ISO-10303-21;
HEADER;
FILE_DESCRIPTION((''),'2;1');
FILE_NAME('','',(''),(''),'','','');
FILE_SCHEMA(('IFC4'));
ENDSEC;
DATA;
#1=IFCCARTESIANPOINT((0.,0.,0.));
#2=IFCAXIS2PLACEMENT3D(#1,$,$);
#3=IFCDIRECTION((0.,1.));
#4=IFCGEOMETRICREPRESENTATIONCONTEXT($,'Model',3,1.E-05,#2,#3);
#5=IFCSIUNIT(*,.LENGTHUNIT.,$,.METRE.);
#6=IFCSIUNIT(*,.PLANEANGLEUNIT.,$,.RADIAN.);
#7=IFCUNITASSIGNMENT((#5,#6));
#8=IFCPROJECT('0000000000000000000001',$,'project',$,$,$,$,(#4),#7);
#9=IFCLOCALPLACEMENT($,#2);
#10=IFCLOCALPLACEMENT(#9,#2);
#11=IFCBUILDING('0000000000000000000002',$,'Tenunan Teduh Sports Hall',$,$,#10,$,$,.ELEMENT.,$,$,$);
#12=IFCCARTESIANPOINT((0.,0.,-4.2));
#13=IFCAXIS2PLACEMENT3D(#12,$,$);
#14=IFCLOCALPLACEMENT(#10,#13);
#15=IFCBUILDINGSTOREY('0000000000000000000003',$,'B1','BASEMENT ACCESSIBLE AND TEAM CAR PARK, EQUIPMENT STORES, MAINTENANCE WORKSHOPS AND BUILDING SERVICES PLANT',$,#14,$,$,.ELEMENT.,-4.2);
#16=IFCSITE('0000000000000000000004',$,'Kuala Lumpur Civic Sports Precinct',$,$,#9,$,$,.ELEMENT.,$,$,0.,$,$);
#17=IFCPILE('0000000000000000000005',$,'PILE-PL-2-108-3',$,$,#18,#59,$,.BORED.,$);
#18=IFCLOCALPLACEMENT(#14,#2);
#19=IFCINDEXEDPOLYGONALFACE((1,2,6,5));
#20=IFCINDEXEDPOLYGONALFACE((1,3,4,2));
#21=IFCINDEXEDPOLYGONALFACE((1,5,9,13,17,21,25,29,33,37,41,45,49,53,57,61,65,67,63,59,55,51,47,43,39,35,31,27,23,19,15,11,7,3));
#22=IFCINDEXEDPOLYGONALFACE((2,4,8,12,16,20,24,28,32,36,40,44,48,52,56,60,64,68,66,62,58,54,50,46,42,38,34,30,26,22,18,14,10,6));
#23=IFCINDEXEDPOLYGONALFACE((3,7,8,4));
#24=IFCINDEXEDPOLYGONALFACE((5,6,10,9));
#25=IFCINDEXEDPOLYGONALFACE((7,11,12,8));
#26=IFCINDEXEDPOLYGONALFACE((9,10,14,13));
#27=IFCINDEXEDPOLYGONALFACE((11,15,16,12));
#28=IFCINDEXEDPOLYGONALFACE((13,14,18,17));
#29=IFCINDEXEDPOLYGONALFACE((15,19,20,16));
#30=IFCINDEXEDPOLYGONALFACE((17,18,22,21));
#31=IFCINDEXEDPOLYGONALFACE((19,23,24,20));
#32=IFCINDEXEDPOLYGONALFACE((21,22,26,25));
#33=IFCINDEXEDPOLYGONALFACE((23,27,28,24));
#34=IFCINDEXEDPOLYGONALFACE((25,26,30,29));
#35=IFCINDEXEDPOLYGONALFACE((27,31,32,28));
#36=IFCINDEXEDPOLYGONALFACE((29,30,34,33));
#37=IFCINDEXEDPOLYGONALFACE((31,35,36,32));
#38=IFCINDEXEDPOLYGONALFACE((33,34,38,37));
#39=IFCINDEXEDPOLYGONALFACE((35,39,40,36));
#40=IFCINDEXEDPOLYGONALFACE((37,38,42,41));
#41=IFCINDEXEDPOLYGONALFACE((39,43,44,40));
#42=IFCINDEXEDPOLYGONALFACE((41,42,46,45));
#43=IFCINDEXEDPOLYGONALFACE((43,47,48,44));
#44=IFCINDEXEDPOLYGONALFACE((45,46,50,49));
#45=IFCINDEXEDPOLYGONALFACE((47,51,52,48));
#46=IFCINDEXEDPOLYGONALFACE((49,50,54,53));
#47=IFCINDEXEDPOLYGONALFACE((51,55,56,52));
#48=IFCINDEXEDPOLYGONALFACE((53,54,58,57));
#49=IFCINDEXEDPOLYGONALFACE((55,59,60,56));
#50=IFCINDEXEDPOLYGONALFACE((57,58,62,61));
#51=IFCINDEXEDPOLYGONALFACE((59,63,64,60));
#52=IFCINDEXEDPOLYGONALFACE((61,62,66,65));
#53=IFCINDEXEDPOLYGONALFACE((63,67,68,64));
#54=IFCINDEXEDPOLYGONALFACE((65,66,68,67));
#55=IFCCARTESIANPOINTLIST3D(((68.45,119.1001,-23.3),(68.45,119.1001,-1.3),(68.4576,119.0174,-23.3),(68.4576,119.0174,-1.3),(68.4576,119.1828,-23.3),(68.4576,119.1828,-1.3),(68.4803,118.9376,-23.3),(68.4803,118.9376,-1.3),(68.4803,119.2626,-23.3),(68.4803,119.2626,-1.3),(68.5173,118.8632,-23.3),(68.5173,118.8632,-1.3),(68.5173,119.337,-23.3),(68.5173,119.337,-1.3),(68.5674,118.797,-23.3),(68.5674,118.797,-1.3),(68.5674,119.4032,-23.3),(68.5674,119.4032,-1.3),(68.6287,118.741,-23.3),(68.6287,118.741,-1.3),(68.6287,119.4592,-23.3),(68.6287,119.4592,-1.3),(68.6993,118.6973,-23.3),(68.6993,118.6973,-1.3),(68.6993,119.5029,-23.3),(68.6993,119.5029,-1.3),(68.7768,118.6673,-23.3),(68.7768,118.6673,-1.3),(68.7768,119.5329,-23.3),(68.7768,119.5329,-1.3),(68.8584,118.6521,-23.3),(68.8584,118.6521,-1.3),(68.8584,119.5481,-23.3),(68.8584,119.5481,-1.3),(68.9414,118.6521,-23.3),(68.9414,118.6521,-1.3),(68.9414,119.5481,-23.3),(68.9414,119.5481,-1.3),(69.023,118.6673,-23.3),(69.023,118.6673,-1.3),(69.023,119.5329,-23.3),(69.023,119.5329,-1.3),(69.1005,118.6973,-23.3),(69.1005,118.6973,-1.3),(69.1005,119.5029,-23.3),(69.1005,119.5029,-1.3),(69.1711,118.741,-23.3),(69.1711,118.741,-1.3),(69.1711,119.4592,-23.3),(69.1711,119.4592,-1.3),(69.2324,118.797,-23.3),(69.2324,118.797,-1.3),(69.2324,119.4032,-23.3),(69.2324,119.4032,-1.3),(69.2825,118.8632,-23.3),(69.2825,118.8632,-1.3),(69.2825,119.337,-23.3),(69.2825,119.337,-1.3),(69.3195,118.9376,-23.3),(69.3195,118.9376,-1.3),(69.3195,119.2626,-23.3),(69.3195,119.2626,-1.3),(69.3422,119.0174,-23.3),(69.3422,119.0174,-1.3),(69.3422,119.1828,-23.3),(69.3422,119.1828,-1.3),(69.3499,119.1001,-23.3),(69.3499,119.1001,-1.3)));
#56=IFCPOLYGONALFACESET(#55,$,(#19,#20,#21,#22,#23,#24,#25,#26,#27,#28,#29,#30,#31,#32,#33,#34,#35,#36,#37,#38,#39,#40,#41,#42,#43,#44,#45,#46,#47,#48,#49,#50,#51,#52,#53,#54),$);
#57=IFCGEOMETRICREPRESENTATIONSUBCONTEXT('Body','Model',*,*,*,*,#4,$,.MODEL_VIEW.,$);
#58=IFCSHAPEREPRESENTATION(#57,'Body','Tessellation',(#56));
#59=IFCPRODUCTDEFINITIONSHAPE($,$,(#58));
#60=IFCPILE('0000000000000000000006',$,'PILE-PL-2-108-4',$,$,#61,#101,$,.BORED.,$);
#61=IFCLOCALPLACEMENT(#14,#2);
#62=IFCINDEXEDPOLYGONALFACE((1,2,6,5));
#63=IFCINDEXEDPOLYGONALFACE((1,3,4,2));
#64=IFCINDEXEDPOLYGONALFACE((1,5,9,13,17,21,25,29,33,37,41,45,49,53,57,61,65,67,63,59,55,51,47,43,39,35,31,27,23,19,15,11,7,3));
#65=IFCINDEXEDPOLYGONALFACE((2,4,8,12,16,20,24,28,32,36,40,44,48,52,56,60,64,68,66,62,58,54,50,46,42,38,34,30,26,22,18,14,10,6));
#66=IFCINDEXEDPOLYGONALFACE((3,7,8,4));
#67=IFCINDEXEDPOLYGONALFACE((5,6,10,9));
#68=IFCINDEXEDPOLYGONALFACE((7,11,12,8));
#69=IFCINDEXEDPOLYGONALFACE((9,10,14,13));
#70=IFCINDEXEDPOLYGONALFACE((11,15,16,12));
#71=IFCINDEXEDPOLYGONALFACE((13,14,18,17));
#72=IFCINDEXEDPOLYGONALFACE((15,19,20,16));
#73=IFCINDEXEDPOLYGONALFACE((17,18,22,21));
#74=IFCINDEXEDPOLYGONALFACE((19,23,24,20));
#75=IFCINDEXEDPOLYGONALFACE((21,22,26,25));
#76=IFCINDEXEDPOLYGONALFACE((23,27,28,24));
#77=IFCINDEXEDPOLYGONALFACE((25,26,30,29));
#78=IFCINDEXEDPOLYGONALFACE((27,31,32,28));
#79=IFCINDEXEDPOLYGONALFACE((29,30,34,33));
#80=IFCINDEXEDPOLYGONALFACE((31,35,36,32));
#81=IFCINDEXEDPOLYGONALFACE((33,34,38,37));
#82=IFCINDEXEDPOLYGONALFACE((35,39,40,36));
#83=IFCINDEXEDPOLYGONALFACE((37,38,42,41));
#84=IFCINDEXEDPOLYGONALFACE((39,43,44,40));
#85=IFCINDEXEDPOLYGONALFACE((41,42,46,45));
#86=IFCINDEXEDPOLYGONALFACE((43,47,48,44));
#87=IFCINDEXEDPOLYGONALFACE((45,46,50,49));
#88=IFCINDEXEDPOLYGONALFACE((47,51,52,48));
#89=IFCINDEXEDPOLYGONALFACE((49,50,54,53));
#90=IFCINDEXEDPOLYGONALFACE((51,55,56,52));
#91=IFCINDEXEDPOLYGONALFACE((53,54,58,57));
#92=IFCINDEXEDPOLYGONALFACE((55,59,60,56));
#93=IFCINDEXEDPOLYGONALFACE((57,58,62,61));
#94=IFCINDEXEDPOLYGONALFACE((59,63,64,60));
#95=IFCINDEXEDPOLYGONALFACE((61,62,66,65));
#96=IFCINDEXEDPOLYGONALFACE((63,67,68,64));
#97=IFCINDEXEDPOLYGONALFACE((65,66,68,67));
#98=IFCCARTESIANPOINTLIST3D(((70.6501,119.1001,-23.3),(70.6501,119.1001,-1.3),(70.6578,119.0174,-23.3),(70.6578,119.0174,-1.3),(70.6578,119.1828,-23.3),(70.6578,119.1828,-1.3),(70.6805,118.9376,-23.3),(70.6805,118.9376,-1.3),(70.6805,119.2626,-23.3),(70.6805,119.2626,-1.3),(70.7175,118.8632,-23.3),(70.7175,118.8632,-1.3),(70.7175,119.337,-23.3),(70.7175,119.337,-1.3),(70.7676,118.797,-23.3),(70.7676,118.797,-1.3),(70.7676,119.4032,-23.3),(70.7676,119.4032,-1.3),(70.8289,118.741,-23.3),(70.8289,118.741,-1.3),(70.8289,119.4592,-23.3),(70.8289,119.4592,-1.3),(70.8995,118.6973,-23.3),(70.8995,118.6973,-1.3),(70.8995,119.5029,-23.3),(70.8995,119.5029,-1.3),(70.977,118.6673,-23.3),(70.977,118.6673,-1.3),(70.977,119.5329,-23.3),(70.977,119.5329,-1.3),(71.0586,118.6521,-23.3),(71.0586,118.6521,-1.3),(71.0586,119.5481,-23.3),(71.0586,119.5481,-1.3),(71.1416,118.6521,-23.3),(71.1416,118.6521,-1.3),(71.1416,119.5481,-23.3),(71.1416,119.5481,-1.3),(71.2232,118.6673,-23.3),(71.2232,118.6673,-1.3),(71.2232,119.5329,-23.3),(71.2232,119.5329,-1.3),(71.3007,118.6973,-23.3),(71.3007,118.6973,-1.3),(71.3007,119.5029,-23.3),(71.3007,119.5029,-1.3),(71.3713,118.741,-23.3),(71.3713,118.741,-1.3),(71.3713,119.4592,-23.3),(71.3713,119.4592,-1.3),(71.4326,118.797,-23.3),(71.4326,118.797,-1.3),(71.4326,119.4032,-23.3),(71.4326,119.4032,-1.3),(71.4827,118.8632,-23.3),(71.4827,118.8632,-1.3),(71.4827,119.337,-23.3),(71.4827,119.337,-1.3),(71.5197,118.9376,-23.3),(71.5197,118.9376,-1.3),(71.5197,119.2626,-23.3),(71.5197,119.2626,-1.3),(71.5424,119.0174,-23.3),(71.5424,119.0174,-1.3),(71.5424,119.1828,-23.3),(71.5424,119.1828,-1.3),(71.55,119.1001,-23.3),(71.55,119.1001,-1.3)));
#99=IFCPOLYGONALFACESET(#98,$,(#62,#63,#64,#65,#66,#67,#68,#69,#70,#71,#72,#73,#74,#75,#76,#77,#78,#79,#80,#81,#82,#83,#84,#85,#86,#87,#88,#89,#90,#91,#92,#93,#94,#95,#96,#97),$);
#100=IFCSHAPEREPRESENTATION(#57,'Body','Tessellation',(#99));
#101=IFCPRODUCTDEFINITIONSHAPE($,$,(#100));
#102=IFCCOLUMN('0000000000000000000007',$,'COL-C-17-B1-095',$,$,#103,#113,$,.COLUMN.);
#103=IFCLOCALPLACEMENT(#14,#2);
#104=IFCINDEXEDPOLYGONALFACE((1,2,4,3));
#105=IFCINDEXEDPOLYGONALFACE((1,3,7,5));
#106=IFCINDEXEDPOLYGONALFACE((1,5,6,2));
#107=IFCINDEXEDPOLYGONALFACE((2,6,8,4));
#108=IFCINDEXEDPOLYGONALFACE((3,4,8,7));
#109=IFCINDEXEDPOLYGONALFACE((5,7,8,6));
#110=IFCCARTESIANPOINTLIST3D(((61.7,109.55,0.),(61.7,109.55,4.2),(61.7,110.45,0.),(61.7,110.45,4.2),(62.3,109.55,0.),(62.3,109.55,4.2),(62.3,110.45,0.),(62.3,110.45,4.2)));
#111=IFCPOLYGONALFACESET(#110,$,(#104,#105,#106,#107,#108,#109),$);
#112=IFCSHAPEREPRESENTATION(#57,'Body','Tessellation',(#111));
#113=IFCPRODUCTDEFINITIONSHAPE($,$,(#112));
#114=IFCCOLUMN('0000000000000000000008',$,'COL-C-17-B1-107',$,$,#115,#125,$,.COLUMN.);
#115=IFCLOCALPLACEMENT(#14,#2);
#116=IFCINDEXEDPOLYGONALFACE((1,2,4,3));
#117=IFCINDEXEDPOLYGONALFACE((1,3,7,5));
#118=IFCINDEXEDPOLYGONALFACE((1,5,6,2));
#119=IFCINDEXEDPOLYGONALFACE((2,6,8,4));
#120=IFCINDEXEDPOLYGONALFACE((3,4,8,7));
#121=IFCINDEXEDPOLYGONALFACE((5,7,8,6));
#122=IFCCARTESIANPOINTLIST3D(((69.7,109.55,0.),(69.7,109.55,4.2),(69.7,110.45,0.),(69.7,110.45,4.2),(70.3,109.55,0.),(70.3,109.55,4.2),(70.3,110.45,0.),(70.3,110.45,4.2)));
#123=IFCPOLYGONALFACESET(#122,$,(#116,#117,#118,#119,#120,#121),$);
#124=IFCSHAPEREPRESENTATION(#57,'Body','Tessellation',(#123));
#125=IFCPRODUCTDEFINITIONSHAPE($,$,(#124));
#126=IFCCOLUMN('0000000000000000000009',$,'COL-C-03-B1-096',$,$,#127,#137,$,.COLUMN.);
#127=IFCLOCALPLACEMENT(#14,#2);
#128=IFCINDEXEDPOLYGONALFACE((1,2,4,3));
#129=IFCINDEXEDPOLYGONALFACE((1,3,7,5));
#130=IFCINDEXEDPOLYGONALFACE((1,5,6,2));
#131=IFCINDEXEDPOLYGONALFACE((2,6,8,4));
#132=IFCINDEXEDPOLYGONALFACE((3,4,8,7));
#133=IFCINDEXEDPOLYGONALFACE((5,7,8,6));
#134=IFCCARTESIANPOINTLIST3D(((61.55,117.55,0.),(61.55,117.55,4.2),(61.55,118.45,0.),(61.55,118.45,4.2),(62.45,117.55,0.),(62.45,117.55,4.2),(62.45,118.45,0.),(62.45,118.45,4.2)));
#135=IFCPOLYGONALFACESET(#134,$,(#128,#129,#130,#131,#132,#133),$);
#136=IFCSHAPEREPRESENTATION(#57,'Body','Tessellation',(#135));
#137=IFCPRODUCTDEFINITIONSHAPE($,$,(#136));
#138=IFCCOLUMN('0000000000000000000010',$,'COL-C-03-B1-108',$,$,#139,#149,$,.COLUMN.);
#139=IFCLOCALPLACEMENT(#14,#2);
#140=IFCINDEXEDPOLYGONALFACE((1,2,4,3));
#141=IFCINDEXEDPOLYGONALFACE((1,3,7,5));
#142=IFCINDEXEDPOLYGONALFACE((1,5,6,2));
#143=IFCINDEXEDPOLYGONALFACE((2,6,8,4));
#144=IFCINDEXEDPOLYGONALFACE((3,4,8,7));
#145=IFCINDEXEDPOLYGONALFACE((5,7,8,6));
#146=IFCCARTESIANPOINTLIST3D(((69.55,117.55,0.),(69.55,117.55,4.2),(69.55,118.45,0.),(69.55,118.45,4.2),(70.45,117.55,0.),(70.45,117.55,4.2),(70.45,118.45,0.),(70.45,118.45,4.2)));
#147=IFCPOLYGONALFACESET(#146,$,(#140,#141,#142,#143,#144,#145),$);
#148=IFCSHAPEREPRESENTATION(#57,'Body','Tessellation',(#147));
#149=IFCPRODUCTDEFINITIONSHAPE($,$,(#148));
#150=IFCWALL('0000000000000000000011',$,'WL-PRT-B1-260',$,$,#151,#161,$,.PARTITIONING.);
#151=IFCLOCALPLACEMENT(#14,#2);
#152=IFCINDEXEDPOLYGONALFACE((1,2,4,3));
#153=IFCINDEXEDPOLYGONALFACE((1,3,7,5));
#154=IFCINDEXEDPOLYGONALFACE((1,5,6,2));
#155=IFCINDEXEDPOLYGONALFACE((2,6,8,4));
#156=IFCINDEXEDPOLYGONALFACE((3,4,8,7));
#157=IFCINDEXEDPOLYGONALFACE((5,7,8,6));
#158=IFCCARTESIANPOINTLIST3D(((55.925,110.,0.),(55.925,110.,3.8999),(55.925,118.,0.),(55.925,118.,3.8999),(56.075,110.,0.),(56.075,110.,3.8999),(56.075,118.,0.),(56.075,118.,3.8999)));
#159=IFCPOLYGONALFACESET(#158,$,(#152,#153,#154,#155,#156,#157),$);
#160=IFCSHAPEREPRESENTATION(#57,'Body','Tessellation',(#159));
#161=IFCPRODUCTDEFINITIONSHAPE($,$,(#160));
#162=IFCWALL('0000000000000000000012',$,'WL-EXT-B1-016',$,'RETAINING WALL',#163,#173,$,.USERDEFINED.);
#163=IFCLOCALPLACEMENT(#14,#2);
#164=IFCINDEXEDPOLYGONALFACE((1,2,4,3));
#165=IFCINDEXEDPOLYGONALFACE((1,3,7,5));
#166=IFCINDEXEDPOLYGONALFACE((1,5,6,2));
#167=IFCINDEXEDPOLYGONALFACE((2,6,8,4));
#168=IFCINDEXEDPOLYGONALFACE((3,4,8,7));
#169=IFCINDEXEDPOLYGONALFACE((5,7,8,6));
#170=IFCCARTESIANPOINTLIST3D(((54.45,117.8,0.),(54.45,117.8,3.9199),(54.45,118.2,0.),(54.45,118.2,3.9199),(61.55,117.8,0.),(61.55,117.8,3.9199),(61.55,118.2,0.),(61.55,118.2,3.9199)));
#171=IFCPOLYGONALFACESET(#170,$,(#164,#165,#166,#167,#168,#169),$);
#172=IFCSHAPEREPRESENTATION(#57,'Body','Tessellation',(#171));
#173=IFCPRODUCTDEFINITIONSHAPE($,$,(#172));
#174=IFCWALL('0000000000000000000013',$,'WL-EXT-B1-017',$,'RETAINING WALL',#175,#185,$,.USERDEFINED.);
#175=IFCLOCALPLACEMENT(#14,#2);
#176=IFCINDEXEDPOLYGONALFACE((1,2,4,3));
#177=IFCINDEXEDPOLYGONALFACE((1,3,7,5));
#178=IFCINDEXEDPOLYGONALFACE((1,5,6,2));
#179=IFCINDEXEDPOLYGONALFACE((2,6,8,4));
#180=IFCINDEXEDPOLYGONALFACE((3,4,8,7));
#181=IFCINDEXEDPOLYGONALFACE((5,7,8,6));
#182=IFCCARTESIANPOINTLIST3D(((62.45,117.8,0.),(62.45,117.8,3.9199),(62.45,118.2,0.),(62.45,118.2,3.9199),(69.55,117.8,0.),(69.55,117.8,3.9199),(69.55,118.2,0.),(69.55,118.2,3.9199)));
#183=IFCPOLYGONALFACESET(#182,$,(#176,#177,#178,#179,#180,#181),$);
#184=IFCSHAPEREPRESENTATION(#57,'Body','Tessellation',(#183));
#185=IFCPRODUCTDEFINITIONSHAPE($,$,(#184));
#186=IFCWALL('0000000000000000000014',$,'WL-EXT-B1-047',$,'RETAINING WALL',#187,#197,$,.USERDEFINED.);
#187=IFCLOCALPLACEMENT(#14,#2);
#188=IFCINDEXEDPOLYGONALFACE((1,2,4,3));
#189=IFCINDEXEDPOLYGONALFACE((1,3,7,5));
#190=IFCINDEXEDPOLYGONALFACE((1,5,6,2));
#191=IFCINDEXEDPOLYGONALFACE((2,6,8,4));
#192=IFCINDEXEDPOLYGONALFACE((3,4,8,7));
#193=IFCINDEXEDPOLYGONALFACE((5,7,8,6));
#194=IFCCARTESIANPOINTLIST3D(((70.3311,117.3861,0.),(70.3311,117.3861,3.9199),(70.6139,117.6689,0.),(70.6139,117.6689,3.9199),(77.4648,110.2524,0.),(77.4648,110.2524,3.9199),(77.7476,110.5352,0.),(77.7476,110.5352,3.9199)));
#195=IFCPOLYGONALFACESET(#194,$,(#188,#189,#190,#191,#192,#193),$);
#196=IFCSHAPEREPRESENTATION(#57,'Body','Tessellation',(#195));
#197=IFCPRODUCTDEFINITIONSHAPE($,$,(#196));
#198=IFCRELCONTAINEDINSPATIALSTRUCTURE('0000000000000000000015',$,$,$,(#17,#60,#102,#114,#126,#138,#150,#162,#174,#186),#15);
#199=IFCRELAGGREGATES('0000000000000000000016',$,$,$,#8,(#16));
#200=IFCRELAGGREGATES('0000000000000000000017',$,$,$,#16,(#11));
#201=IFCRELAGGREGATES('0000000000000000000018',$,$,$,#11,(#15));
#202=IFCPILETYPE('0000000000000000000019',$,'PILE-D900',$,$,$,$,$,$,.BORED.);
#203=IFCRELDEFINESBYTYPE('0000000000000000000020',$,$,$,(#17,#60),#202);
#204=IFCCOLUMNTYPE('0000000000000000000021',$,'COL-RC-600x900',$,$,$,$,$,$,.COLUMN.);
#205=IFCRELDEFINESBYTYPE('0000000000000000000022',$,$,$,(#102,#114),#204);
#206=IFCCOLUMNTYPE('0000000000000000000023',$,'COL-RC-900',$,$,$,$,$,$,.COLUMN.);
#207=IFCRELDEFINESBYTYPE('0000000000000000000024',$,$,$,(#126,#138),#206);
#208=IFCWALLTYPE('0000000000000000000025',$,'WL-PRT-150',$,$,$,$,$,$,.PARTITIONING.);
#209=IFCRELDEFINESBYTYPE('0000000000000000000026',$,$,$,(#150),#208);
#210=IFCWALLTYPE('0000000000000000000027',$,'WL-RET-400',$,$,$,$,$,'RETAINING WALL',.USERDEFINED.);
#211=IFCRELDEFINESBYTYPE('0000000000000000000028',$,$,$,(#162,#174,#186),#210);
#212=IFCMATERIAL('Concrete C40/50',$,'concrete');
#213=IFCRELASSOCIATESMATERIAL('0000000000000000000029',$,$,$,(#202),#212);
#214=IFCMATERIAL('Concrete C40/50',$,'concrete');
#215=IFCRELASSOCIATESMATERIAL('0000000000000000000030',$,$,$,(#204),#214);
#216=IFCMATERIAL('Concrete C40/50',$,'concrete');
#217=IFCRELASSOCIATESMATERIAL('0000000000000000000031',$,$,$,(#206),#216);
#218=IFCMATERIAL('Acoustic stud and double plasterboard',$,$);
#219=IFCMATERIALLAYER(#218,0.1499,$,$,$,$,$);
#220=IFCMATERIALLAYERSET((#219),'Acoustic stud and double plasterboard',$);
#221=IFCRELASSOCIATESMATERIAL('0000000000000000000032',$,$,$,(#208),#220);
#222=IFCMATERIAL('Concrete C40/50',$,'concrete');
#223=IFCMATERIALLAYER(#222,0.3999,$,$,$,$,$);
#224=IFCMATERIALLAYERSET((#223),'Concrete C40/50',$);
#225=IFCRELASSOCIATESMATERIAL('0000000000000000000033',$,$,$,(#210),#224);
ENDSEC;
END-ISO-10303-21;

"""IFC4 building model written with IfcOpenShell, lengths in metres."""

from ifc_helpers import new_model, si_unit, direction, frame, frame_2d, origin, origin_2d, place, context, subcontext, project, spatial, rectangle, circle, extrude, material, layer, layer_set, material_profile, profile_set, type_object, element, save


model = new_model("IFC4")

# Units and contexts
model_context = context("Model", 3, precision=1e-05, world=origin(), true_north=direction((0.0, 1.0)))
body_context = subcontext(model_context, "Body", "Model", "MODEL_VIEW")
ifc_project = project(units=[si_unit("LENGTHUNIT", "METRE"), si_unit("PLANEANGLEUNIT", "RADIAN")], contexts=[model_context])

# Site, building, storey
site_placement = place(None, origin())
site = spatial("IfcSite", under=ifc_project, at=site_placement, Name="Kuala Lumpur Civic Sports Precinct", CompositionType="ELEMENT", RefElevation=0.0)
building_placement = place(site_placement, origin())
building = spatial("IfcBuilding", under=site, at=building_placement, Name="Tenunan Teduh Sports Hall", CompositionType="ELEMENT")
storey_placement = place(building_placement, frame((0.0, 0.0, -4.2)))
storey = spatial("IfcBuildingStorey", under=building, at=storey_placement, Name="B1", Description="BASEMENT ACCESSIBLE AND TEAM CAR PARK, EQUIPMENT STORES, MAINTENANCE WORKSHOPS AND BUILDING SERVICES PLANT", CompositionType="ELEMENT", Elevation=-4.2)

# Piles
ifc_material_1 = material(Name="Concrete C40/50", Category="concrete")
ifc_material_profile_1 = material_profile(ifc_material_1, circle(Radius=0.45, at=origin_2d()), Name="PILE D900")
ifc_profile_set_1 = profile_set([ifc_material_profile_1], Name="Concrete C40/50")
pile_type_1 = type_object("IfcPileType", Name="PILE-D900", PredefinedType="BORED", material=ifc_profile_set_1)
for number, where, z_axis, x_axis, name in (
    (1, (68.8999, 119.1001, -1.3), (0.0, 0.0, -1.0), (1.0, 0.0, 0.0), "PILE-PL-2-108-3"),
    (2, (71.1001, 119.1001, -1.3), (0.0, 0.0, -1.0), (1.0, 0.0, 0.0), "PILE-PL-2-108-4"),
):
    element("IfcPile", number, at=place(storey_placement, frame(where, z_axis=z_axis, x_axis=x_axis)), inside=storey, type_object=pile_type_1, Name=name, PredefinedType="BORED", context=body_context, shape_type="SweptSolid", body=[
        extrude(circle(Radius=0.45, at=origin_2d()), origin(), (0.0, 0.0, 1.0), 22.0),
    ])

# Columns
ifc_material_2 = material(Name="Concrete C40/50", Category="concrete")
ifc_material_profile_2 = material_profile(ifc_material_2, rectangle(XDim=0.6001, YDim=0.8999, at=origin_2d()), Name="RC 600x900")
ifc_profile_set_2 = profile_set([ifc_material_profile_2], Name="Concrete C40/50")
column_type_1 = type_object("IfcColumnType", Name="COL-RC-600x900", PredefinedType="COLUMN", material=ifc_profile_set_2)
for number, where, z_axis, x_axis, name in (
    (3, (62.0, 110.0, 0.0), (0.0, 0.0, 1.0), (1.0, 0.0, 0.0), "COL-C-17-B1-095"),
    (4, (70.0, 110.0, 0.0), (0.0, 0.0, 1.0), (1.0, 0.0, 0.0), "COL-C-17-B1-107"),
):
    element("IfcColumn", number, at=place(storey_placement, frame(where, z_axis=z_axis, x_axis=x_axis)), inside=storey, type_object=column_type_1, Name=name, PredefinedType="COLUMN", context=body_context, shape_type="SweptSolid", body=[
        extrude(rectangle(XDim=0.6001, YDim=0.8999, at=origin_2d()), origin(), (0.0, 0.0, 1.0), 4.2),
    ])
ifc_material_3 = material(Name="Concrete C40/50", Category="concrete")
ifc_material_profile_3 = material_profile(ifc_material_3, rectangle(XDim=0.8999, YDim=0.8999, at=origin_2d()), Name="RC 900x900")
ifc_profile_set_3 = profile_set([ifc_material_profile_3], Name="Concrete C40/50")
column_type_2 = type_object("IfcColumnType", Name="COL-RC-900", PredefinedType="COLUMN", material=ifc_profile_set_3)
for number, where, z_axis, x_axis, name in (
    (5, (62.0, 118.0, 0.0), (0.0, 0.0, 1.0), (1.0, 0.0, 0.0), "COL-C-03-B1-096"),
    (6, (70.0, 118.0, 0.0), (0.0, 0.0, 1.0), (1.0, 0.0, 0.0), "COL-C-03-B1-108"),
):
    element("IfcColumn", number, at=place(storey_placement, frame(where, z_axis=z_axis, x_axis=x_axis)), inside=storey, type_object=column_type_2, Name=name, PredefinedType="COLUMN", context=body_context, shape_type="SweptSolid", body=[
        extrude(rectangle(XDim=0.8999, YDim=0.8999, at=origin_2d()), origin(), (0.0, 0.0, 1.0), 4.2),
    ])

# Walls
ifc_material_4 = material(Name="Acoustic stud and double plasterboard")
ifc_layer_1 = layer(ifc_material_4, 0.1499)
ifc_layer_set_1 = layer_set([ifc_layer_1], Name="Acoustic stud and double plasterboard")
wall_type_1 = type_object("IfcWallType", Name="WL-PRT-150", PredefinedType="PARTITIONING", material=ifc_layer_set_1)
wall_1_placement = place(storey_placement, frame((56.0, 110.0, 0.0), z_axis=(0.0, 0.0, 1.0), x_axis=(0.0, 1.0, 0.0)))
element("IfcWall", 7, at=wall_1_placement, inside=storey, type_object=wall_type_1, Name="WL-PRT-B1-260", PredefinedType="PARTITIONING", context=body_context, shape_type="SweptSolid", body=[
    extrude(rectangle(XDim=8.0, YDim=0.1499, at=frame_2d((4.0, 0.0))), origin(), (0.0, 0.0, 1.0), 3.8999),
])
ifc_material_5 = material(Name="Concrete C40/50", Category="concrete")
ifc_layer_2 = layer(ifc_material_5, 0.3999)
ifc_layer_set_2 = layer_set([ifc_layer_2], Name="Concrete C40/50")
wall_type_2 = type_object("IfcWallType", Name="WL-RET-400", ElementType="RETAINING WALL", PredefinedType="USERDEFINED", material=ifc_layer_set_2)
for number, where, z_axis, x_axis, name in (
    (8, (54.45, 118.0, 0.0), (0.0, 0.0, 1.0), (1.0, 0.0, 0.0), "WL-EXT-B1-016"),
    (9, (62.45, 118.0, 0.0), (0.0, 0.0, 1.0), (1.0, 0.0, 0.0), "WL-EXT-B1-017"),
):
    element("IfcWall", number, at=place(storey_placement, frame(where, z_axis=z_axis, x_axis=x_axis)), inside=storey, type_object=wall_type_2, Name=name, ObjectType="RETAINING WALL", PredefinedType="USERDEFINED", context=body_context, shape_type="SweptSolid", body=[
        extrude(rectangle(XDim=7.1001, YDim=0.3999, at=frame_2d((3.55, 0.0))), origin(), (0.0, 0.0, 1.0), 3.9199),
    ])
wall_2_placement = place(storey_placement, frame((70.4724, 117.5276, 0.0), z_axis=(0.0, 0.0, 1.0), x_axis=(0.707107, -0.707107, 0.0)))
element("IfcWall", 10, at=wall_2_placement, inside=storey, type_object=wall_type_2, Name="WL-EXT-B1-047", ObjectType="RETAINING WALL", PredefinedType="USERDEFINED", context=body_context, shape_type="SweptSolid", body=[
    extrude(rectangle(XDim=10.0886, YDim=0.3999, at=frame_2d((5.0444, 0.0))), origin(), (0.0, 0.0, 1.0), 3.9199),
])

save(model, "model.ifc")
